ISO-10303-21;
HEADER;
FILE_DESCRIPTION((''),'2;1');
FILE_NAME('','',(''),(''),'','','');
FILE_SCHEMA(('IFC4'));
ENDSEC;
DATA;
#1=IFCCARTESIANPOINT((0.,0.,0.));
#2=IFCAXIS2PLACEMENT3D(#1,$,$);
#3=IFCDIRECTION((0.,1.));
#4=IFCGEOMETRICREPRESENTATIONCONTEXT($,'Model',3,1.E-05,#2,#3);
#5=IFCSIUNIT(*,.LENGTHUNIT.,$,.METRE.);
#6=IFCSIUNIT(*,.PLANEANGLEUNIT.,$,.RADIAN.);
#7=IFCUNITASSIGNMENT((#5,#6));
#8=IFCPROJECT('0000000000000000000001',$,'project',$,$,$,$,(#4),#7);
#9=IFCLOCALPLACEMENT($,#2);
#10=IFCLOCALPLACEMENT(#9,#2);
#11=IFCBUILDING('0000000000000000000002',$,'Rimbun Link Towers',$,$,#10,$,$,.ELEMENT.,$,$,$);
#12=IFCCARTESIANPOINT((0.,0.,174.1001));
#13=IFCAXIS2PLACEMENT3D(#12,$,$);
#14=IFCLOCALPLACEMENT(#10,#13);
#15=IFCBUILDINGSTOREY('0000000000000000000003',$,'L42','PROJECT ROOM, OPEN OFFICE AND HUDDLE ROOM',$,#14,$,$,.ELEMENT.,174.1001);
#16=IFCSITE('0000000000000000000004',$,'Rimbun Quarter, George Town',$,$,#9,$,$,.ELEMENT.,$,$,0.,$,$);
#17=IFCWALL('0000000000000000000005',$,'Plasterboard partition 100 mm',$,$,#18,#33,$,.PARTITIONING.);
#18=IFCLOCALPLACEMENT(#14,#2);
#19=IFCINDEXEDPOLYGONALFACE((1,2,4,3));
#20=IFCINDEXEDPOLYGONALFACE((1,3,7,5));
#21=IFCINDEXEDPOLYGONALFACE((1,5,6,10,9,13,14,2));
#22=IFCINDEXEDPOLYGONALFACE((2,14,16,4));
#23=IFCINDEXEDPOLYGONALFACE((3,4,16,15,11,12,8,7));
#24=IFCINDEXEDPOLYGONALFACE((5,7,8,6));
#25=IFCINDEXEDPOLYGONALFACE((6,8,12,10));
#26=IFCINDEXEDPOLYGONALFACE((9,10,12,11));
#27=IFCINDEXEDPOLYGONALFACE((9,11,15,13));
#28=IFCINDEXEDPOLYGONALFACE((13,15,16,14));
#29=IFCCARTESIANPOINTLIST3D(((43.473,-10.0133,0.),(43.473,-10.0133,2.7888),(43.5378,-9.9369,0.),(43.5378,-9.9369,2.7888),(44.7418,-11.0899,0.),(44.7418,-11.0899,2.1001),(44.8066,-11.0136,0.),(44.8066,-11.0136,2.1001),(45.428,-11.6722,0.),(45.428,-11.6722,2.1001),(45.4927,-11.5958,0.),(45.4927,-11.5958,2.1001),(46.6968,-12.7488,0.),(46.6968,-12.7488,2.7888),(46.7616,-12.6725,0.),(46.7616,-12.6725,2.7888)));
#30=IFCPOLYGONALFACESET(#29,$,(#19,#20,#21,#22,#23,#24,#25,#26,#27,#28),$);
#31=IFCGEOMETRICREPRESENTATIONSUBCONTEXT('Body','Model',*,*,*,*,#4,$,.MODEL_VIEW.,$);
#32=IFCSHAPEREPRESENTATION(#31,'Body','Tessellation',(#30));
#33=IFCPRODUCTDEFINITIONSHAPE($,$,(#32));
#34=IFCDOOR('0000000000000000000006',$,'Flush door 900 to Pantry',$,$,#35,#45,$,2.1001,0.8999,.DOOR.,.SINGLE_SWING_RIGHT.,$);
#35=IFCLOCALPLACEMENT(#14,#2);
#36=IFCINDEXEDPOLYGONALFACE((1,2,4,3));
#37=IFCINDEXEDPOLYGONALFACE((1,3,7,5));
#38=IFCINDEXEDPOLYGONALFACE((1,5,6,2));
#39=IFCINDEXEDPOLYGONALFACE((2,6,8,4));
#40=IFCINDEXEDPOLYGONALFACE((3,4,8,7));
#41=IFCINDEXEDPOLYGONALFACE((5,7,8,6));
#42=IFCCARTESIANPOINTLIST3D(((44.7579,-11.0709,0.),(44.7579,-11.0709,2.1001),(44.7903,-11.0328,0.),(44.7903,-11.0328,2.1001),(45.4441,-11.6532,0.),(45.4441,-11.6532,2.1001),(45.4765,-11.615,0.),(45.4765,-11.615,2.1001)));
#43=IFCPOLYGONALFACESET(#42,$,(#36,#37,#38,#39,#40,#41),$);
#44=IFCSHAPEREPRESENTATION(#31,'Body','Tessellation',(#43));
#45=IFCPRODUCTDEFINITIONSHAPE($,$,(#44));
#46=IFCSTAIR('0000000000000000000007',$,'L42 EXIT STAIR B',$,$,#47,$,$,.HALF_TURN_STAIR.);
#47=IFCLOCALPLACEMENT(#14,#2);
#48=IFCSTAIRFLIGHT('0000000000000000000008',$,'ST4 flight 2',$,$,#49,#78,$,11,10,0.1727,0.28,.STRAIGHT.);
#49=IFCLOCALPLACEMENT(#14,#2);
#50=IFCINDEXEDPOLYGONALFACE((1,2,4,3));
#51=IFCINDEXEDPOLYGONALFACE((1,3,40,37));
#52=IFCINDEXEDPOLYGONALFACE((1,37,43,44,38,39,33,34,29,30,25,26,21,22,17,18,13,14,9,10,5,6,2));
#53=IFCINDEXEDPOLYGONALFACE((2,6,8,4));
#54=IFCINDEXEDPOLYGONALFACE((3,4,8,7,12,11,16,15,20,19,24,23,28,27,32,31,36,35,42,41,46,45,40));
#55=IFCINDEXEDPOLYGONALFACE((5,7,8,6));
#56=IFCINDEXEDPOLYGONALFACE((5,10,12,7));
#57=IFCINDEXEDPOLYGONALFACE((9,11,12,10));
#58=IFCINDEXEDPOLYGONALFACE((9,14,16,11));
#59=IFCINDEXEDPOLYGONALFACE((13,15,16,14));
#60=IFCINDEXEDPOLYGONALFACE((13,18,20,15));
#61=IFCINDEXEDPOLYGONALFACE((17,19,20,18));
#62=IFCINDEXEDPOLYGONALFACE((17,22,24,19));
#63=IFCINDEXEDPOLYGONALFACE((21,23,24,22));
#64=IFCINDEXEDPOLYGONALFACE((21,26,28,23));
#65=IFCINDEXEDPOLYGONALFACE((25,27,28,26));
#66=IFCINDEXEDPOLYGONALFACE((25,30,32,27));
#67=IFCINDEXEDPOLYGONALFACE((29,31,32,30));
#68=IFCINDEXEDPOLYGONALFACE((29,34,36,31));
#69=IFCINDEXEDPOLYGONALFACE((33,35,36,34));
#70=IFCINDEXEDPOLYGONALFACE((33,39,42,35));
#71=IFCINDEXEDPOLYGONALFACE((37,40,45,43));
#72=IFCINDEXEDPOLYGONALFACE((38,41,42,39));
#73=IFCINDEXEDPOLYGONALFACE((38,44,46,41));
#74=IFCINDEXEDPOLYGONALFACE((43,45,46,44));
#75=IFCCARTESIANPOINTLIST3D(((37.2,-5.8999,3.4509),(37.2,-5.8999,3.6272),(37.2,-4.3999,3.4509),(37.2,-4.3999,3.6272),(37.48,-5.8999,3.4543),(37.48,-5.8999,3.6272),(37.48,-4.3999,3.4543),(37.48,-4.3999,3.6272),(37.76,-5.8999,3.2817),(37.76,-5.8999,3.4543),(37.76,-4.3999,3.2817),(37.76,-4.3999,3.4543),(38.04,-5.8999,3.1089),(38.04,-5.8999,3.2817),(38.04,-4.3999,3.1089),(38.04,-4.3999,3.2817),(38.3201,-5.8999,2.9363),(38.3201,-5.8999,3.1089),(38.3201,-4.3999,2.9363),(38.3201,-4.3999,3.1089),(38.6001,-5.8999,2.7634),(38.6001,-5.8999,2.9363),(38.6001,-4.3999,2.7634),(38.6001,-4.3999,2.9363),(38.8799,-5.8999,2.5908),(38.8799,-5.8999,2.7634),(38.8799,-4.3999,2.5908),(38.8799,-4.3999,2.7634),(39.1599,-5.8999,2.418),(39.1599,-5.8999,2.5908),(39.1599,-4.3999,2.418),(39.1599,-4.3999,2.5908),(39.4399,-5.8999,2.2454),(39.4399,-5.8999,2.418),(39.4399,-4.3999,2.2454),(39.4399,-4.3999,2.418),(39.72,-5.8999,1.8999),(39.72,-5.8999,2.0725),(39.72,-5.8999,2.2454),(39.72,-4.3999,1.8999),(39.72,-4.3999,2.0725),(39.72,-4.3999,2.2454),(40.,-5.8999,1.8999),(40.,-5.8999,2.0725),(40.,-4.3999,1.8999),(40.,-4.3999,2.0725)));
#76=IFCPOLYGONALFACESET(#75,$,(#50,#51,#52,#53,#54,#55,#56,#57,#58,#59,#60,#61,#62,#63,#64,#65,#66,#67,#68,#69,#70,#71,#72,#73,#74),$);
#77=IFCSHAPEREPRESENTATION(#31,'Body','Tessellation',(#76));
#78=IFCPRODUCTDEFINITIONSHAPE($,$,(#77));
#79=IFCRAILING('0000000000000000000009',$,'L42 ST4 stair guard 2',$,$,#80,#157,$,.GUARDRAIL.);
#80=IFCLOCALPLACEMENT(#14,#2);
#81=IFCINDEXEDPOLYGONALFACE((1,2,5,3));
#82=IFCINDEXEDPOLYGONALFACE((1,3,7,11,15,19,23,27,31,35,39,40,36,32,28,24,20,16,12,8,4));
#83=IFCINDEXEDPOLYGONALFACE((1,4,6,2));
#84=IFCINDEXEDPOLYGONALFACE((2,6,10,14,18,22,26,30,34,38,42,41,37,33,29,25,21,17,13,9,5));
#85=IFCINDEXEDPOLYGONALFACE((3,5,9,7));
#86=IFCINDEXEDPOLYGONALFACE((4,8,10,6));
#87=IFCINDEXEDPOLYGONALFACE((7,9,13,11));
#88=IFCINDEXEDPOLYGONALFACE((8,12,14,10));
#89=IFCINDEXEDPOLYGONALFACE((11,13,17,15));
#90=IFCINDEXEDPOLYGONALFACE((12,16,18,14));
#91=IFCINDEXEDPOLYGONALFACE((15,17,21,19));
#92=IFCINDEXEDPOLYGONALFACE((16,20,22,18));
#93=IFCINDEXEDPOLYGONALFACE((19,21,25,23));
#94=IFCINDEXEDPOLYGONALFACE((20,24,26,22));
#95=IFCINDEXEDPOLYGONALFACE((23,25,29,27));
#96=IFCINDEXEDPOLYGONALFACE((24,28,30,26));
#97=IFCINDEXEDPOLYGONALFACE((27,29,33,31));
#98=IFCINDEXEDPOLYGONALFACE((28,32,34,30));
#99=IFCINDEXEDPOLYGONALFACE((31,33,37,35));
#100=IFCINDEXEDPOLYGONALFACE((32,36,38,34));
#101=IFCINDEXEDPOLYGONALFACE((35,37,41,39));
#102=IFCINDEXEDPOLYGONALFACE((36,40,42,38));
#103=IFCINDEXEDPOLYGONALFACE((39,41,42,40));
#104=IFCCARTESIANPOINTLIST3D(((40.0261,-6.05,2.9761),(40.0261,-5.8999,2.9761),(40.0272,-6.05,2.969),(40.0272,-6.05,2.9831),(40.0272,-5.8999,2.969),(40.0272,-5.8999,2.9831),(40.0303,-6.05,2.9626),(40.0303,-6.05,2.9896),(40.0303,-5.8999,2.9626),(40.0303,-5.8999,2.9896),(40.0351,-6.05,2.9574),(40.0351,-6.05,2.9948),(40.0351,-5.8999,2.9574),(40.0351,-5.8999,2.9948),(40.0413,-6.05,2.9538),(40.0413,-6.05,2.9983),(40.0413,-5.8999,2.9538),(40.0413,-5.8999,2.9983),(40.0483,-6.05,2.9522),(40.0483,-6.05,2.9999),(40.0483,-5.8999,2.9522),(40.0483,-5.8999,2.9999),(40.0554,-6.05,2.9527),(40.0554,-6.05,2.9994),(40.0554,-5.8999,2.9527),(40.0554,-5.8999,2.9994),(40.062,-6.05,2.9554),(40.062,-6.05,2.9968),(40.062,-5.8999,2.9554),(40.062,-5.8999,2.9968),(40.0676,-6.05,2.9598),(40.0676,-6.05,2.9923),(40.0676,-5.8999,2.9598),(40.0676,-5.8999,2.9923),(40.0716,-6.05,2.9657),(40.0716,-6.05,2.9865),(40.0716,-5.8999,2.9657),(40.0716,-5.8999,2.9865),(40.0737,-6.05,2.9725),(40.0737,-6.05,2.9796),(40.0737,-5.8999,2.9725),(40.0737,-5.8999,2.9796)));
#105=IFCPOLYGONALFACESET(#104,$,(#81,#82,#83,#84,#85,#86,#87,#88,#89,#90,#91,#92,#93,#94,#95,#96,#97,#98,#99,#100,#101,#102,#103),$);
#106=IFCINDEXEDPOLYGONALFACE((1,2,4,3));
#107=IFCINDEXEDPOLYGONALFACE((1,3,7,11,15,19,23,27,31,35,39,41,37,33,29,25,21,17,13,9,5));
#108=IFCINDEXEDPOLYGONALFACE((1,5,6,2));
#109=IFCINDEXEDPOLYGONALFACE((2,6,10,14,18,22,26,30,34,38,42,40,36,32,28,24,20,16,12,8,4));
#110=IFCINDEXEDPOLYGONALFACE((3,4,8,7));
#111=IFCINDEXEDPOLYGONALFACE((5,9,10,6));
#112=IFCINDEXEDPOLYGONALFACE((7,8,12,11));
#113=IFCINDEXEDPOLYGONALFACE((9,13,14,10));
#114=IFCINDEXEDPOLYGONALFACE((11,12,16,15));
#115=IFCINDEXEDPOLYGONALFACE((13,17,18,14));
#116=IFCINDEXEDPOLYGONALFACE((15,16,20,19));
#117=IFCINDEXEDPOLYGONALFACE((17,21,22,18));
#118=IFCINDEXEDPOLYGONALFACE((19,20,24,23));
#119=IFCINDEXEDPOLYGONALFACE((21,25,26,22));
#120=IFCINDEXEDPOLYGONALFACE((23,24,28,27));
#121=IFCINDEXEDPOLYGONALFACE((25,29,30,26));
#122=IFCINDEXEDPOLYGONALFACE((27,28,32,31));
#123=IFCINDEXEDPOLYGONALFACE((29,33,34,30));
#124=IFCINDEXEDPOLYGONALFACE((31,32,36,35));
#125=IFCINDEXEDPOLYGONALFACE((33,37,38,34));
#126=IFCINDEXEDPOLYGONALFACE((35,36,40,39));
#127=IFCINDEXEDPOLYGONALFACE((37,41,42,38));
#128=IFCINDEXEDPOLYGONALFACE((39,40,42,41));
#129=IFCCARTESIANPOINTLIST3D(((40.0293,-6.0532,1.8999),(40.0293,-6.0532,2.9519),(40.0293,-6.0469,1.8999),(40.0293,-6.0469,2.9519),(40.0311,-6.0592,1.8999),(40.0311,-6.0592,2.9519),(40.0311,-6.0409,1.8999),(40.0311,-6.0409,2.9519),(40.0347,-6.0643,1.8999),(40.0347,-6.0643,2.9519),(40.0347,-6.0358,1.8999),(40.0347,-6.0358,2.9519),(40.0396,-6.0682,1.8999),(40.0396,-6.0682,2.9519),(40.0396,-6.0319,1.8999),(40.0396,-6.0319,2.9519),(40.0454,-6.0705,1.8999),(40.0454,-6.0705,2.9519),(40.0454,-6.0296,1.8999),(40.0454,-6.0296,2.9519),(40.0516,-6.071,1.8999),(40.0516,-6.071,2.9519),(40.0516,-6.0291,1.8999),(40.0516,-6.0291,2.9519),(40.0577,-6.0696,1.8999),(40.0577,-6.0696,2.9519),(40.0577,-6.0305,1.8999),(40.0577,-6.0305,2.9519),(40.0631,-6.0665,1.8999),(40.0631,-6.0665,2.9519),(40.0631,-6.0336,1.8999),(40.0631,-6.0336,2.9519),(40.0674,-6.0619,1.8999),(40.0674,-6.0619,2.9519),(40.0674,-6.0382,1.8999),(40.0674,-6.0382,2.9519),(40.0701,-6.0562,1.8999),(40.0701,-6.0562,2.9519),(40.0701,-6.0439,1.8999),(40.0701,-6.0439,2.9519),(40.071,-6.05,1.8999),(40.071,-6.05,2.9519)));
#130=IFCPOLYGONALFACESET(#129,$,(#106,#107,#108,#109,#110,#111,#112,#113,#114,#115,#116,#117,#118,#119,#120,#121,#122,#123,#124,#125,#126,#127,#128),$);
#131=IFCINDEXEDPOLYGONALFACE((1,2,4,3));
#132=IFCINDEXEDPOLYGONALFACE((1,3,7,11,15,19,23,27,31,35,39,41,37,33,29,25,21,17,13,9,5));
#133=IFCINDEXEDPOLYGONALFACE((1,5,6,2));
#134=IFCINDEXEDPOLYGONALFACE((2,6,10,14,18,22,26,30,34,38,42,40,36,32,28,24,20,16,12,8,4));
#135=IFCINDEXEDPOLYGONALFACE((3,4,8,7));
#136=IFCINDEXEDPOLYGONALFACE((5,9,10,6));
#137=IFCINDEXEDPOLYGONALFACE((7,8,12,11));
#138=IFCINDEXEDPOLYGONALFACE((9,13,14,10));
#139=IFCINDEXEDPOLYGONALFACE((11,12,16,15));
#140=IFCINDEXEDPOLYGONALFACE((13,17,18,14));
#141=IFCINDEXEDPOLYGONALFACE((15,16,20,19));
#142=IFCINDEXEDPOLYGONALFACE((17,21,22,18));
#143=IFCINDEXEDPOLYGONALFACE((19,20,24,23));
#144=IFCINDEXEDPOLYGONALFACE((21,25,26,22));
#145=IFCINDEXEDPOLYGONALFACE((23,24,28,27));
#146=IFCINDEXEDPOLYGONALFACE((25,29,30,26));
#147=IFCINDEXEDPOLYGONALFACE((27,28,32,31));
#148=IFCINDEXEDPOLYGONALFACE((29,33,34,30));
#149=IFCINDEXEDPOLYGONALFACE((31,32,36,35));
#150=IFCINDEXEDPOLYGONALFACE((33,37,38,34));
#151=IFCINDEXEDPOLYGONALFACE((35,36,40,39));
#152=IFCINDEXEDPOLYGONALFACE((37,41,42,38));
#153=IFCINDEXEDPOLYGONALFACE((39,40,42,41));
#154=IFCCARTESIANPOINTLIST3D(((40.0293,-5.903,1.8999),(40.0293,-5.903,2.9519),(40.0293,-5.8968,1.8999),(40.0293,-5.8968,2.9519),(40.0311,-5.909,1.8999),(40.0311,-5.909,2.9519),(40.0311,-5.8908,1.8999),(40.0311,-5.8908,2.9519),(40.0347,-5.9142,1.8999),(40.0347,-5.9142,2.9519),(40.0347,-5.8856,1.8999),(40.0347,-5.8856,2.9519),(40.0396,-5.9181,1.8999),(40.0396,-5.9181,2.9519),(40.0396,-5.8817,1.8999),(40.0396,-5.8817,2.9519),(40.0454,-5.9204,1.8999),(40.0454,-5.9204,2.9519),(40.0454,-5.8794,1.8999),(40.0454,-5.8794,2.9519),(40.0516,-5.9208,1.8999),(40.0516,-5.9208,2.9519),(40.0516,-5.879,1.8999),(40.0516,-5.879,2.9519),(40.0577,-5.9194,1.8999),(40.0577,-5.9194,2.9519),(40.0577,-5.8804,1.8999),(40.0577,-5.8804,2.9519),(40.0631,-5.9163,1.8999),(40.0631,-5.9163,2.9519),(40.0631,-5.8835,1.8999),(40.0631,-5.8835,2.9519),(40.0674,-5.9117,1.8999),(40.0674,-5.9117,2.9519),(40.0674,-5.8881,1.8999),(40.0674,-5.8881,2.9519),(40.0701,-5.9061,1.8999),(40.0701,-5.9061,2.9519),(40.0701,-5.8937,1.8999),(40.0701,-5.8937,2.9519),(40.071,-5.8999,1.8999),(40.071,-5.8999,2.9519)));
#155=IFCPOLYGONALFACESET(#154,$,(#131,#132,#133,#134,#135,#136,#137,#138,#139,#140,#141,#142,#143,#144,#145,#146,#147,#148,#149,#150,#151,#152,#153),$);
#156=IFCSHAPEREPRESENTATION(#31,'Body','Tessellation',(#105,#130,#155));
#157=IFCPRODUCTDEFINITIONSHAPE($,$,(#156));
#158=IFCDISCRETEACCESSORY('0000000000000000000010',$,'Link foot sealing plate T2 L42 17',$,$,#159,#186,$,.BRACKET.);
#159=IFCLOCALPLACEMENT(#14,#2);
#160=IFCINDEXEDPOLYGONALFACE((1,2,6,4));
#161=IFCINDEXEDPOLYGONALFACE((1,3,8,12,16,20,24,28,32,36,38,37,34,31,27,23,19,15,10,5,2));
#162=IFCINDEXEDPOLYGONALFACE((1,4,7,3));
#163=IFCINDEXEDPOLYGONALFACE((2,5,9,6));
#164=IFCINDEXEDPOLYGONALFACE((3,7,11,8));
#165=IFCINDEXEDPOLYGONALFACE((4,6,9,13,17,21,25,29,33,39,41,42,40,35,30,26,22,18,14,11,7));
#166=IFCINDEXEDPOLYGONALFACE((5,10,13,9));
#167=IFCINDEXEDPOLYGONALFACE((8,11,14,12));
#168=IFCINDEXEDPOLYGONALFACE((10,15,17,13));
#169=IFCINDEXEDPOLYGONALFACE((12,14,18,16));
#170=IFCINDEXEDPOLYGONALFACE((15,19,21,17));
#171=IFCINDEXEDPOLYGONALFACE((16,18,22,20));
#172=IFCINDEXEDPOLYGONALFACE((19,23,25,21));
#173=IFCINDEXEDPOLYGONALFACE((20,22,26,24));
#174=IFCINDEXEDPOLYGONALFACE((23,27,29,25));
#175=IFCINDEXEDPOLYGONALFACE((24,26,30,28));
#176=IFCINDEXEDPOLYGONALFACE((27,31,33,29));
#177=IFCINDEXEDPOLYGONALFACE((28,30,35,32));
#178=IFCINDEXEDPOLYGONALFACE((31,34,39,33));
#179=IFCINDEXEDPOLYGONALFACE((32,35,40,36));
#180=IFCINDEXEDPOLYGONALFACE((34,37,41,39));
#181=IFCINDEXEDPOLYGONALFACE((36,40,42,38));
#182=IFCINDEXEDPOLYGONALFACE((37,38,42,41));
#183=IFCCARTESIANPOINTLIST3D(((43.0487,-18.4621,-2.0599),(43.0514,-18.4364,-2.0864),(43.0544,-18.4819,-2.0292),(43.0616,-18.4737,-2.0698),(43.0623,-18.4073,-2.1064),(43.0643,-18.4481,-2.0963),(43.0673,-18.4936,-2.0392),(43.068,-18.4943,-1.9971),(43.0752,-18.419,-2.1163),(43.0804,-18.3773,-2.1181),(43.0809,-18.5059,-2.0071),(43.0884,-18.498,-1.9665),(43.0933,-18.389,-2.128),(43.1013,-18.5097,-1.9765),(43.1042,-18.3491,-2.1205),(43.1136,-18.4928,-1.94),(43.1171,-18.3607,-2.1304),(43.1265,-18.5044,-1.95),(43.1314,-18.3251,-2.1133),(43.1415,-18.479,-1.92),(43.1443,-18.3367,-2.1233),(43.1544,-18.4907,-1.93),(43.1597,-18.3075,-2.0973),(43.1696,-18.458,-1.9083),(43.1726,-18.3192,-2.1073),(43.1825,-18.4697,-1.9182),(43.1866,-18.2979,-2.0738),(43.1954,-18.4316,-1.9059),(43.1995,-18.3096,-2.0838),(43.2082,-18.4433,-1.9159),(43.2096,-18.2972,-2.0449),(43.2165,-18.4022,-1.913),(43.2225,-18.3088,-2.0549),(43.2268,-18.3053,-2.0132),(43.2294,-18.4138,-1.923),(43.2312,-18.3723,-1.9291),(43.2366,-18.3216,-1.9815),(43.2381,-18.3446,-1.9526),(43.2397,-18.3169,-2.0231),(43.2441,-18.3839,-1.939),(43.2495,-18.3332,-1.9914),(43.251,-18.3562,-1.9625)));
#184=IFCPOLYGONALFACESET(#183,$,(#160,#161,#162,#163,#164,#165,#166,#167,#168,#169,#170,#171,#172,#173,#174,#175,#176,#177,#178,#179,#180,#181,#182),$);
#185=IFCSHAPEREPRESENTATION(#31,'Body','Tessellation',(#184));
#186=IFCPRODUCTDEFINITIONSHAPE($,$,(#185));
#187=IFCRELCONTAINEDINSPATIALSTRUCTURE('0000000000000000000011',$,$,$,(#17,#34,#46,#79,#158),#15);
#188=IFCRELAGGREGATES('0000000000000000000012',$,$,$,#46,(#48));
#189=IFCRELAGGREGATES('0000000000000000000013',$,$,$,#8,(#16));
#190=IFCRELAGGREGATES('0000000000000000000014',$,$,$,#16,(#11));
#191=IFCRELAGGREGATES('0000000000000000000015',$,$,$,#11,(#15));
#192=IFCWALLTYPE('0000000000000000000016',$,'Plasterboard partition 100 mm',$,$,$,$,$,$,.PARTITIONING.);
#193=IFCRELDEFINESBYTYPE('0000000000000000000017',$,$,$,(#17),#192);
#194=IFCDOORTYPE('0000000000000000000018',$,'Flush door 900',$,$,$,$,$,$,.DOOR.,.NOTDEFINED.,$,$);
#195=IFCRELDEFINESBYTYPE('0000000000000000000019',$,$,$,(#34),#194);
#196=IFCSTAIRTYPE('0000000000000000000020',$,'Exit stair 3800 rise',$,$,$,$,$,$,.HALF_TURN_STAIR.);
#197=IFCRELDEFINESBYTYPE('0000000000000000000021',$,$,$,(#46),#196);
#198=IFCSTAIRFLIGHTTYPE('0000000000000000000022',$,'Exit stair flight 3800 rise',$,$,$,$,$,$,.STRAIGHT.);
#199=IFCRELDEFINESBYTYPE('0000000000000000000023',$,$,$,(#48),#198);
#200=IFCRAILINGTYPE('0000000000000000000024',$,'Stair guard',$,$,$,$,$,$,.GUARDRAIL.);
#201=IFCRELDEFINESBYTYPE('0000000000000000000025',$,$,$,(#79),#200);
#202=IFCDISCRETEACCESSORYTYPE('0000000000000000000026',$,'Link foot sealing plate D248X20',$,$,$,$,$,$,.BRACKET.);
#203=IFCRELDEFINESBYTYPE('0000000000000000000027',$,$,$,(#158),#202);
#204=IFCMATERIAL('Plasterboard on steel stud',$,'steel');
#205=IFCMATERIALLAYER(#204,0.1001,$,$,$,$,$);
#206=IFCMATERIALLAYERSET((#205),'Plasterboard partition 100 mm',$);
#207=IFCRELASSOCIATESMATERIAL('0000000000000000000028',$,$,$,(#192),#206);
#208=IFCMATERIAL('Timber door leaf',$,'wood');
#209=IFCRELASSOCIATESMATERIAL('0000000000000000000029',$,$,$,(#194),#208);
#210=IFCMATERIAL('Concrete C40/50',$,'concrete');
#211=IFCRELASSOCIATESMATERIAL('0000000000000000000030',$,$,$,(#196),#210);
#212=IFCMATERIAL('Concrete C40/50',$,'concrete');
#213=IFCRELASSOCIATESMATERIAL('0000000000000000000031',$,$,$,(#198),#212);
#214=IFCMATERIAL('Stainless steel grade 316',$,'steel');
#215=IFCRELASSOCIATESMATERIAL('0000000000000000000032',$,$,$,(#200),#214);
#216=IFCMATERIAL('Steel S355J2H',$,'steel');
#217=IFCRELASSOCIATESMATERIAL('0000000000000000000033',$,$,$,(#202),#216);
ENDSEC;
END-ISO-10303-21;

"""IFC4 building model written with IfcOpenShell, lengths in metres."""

from ifc_helpers import new_model, si_unit, direction, frame, frame_2d, origin, origin_2d, place, context, subcontext, project, spatial, polyline, rectangle, circle, outline, extrude, material, layer, layer_set, material_profile, profile_set, type_object, element, fill, aggregate, save


model = new_model("IFC4")

# Units and contexts
model_context = context("Model", 3, precision=1e-05, world=origin(), true_north=direction((0.0, 1.0)))
body_context = subcontext(model_context, "Body", "Model", "MODEL_VIEW")
ifc_project = project(units=[si_unit("LENGTHUNIT", "METRE"), si_unit("PLANEANGLEUNIT", "RADIAN")], contexts=[model_context])

# Site, building, storey
site_placement = place(None, origin())
site = spatial("IfcSite", under=ifc_project, at=site_placement, Name="Rimbun Quarter, George Town", CompositionType="ELEMENT", RefElevation=0.0)
building_placement = place(site_placement, origin())
building = spatial("IfcBuilding", under=site, at=building_placement, Name="Rimbun Link Towers", CompositionType="ELEMENT")
storey_placement = place(building_placement, frame((0.0, 0.0, 174.1001)))
storey = spatial("IfcBuildingStorey", under=building, at=storey_placement, Name="L42", Description="PROJECT ROOM, OPEN OFFICE AND HUDDLE ROOM", CompositionType="ELEMENT", Elevation=174.1001)

# Wall, opening, door
ifc_material_1 = material(Name="Plasterboard on steel stud", Category="steel")
ifc_layer_1 = layer(ifc_material_1, 0.1001)
ifc_layer_set_1 = layer_set([ifc_layer_1], Name="Plasterboard partition 100 mm")
wall_type_1 = type_object("IfcWallType", Name="Plasterboard partition 100 mm", PredefinedType="PARTITIONING", material=ifc_layer_set_1)
wall_1_placement = place(storey_placement, frame((43.5054, -9.9751, 0.0), z_axis=(0.0, 0.0, 1.0), x_axis=(0.762488, -0.647003, 0.0)))
wall_1 = element("IfcWall", 1, at=wall_1_placement, inside=storey, type_object=wall_type_1, Name="Plasterboard partition 100 mm", PredefinedType="PARTITIONING", context=body_context, shape_type="SweptSolid", body=[
    extrude(rectangle(XDim=4.228, YDim=0.1001, at=frame_2d((2.114, 0.0))), origin(), (0.0, 0.0, 1.0), 2.7888),
])
opening_1_placement = place(wall_1_placement, frame((1.6641, 0.0, 0.0)))
opening_1 = element("IfcOpeningElement", 2, at=opening_1_placement, cuts=wall_1, PredefinedType="OPENING", context=body_context, shape_type="SweptSolid", body=[
    extrude(rectangle(XDim=0.8999, YDim=2.1001, at=frame_2d((0.45, 1.05))), frame((0.0, 0.0601, 0.0), z_axis=(0.0, -1.0, 0.0), x_axis=(1.0, 0.0, 0.0)), (0.0, 0.0, 1.0), 0.1201),
])
ifc_material_2 = material(Name="Timber door leaf", Category="wood")
door_type_1 = type_object("IfcDoorType", Name="Flush door 900", OperationType="NOTDEFINED", PredefinedType="DOOR", material=ifc_material_2)
door_1_placement = place(opening_1_placement, origin())
door_1 = element("IfcDoor", 3, at=door_1_placement, inside=storey, type_object=door_type_1, Name="Flush door 900 to Pantry", OperationType="SINGLE_SWING_RIGHT", OverallHeight=2.1001, OverallWidth=0.8999, PredefinedType="DOOR", context=body_context, shape_type="SweptSolid", body=[
    extrude(rectangle(XDim=0.8999, YDim=2.1001, at=frame_2d((0.45, 1.05))), frame((0.0, 0.0249, 0.0), z_axis=(0.0, -1.0, 0.0), x_axis=(1.0, 0.0, 0.0)), (0.0, 0.0, 1.0), 0.05),
])
fill(opening_1, door_1)

# Stair, stair flight
ifc_material_3 = material(Name="Concrete C40/50", Category="concrete")
stair_type = type_object("IfcStairType", Name="Exit stair 3800 rise", PredefinedType="HALF_TURN_STAIR", material=ifc_material_3)
stair_placement = place(storey_placement, origin())
stair = element("IfcStair", 4, at=stair_placement, inside=storey, type_object=stair_type, Name="L42 EXIT STAIR B", PredefinedType="HALF_TURN_STAIR")
ifc_material_4 = material(Name="Concrete C40/50", Category="concrete")
stair_flight_type = type_object("IfcStairFlightType", Name="Exit stair flight 3800 rise", PredefinedType="STRAIGHT", material=ifc_material_4)
stair_flight_placement = place(storey_placement, frame((40.0, -5.1499, 1.8999), z_axis=(0.0, 0.0, 1.0), x_axis=(-1.0, 0.0, 0.0)))
stair_flight = element("IfcStairFlight", 5, at=stair_flight_placement, type_object=stair_flight_type, Name="ST4 flight 2", NumberOfRisers=11, NumberOfTreads=10, PredefinedType="STRAIGHT", RiserHeight=0.1727, TreadLength=0.28, context=body_context, shape_type="SweptSolid", body=[
    extrude(outline(polyline([(0.0, 0.0), (0.0, 0.1726), (0.28, 0.1726), (0.28, 0.3455), (0.5601, 0.3455), (0.5601, 0.5181), (0.8401, 0.5181), (0.8401, 0.6909), (1.1201, 0.6909), (1.1201, 0.8635), (1.3999, 0.8635), (1.3999, 1.0364), (1.6799, 1.0364), (1.6799, 1.209), (1.96, 1.209), (1.96, 1.3818), (2.24, 1.3818), (2.24, 1.5544), (2.52, 1.5544), (2.52, 1.7273), (2.8, 1.7273), (2.8, 1.8999), (2.8, 1.551), (0.28, 0.0), (0.0, 0.0)])), frame((0.0, 0.75, 0.0), z_axis=(0.0, -1.0, 0.0), x_axis=(1.0, 0.0, 0.0)), (0.0, 0.0, 1.0), 1.5),
])
aggregate(stair, [stair_flight])

# Railing
ifc_material_5 = material(Name="Stainless steel grade 316", Category="steel")
railing_type = type_object("IfcRailingType", Name="Stair guard", PredefinedType="GUARDRAIL", material=ifc_material_5)
railing_placement = place(storey_placement, frame((40.05, -6.05, 1.8999)))
element("IfcRailing", 6, at=railing_placement, inside=storey, type_object=railing_type, Name="L42 ST4 stair guard 2", PredefinedType="GUARDRAIL", context=body_context, shape_type="SweptSolid", body=[
    extrude(circle(Radius=0.0239, at=origin_2d()), frame((0.0, 0.0, 1.0762), z_axis=(0.0, 1.0, 0.0), x_axis=(-1.0, 0.0, 0.0)), (0.0, 0.0, 1.0), 0.1501),
    extrude(circle(Radius=0.021, at=origin_2d()), origin(), (0.0, 0.0, 1.0), 1.052),
    extrude(circle(Radius=0.021, at=origin_2d()), frame((0.0, 0.1501, 0.0)), (0.0, 0.0, 1.0), 1.052),
])

# Discrete accessory
ifc_material_6 = material(Name="Steel S355J2H", Category="steel")
ifc_material_profile_1 = material_profile(ifc_material_6, circle(Radius=0.124, at=origin_2d()), Name="PL D248")
ifc_profile_set_1 = profile_set([ifc_material_profile_1], Name="Steel S355J2H")
discrete_accessory_type = type_object("IfcDiscreteAccessoryType", Name="Link foot sealing plate D248X20", PredefinedType="BRACKET", material=ifc_profile_set_1)
discrete_accessory_1_placement = place(storey_placement, frame((43.1436, -18.3972, -2.0132), z_axis=(0.643003, -0.582342, -0.497418), x_axis=(0.671279, 0.741204, 0.0)))
element("IfcDiscreteAccessory", 7, at=discrete_accessory_1_placement, inside=storey, type_object=discrete_accessory_type, Name="Link foot sealing plate T2 L42 17", PredefinedType="BRACKET", context=body_context, shape_type="SweptSolid", body=[
    extrude(circle(Radius=0.124, at=origin_2d()), origin(), (0.0, 0.0, 1.0), 0.02),
])

save(model, "model.ifc")
